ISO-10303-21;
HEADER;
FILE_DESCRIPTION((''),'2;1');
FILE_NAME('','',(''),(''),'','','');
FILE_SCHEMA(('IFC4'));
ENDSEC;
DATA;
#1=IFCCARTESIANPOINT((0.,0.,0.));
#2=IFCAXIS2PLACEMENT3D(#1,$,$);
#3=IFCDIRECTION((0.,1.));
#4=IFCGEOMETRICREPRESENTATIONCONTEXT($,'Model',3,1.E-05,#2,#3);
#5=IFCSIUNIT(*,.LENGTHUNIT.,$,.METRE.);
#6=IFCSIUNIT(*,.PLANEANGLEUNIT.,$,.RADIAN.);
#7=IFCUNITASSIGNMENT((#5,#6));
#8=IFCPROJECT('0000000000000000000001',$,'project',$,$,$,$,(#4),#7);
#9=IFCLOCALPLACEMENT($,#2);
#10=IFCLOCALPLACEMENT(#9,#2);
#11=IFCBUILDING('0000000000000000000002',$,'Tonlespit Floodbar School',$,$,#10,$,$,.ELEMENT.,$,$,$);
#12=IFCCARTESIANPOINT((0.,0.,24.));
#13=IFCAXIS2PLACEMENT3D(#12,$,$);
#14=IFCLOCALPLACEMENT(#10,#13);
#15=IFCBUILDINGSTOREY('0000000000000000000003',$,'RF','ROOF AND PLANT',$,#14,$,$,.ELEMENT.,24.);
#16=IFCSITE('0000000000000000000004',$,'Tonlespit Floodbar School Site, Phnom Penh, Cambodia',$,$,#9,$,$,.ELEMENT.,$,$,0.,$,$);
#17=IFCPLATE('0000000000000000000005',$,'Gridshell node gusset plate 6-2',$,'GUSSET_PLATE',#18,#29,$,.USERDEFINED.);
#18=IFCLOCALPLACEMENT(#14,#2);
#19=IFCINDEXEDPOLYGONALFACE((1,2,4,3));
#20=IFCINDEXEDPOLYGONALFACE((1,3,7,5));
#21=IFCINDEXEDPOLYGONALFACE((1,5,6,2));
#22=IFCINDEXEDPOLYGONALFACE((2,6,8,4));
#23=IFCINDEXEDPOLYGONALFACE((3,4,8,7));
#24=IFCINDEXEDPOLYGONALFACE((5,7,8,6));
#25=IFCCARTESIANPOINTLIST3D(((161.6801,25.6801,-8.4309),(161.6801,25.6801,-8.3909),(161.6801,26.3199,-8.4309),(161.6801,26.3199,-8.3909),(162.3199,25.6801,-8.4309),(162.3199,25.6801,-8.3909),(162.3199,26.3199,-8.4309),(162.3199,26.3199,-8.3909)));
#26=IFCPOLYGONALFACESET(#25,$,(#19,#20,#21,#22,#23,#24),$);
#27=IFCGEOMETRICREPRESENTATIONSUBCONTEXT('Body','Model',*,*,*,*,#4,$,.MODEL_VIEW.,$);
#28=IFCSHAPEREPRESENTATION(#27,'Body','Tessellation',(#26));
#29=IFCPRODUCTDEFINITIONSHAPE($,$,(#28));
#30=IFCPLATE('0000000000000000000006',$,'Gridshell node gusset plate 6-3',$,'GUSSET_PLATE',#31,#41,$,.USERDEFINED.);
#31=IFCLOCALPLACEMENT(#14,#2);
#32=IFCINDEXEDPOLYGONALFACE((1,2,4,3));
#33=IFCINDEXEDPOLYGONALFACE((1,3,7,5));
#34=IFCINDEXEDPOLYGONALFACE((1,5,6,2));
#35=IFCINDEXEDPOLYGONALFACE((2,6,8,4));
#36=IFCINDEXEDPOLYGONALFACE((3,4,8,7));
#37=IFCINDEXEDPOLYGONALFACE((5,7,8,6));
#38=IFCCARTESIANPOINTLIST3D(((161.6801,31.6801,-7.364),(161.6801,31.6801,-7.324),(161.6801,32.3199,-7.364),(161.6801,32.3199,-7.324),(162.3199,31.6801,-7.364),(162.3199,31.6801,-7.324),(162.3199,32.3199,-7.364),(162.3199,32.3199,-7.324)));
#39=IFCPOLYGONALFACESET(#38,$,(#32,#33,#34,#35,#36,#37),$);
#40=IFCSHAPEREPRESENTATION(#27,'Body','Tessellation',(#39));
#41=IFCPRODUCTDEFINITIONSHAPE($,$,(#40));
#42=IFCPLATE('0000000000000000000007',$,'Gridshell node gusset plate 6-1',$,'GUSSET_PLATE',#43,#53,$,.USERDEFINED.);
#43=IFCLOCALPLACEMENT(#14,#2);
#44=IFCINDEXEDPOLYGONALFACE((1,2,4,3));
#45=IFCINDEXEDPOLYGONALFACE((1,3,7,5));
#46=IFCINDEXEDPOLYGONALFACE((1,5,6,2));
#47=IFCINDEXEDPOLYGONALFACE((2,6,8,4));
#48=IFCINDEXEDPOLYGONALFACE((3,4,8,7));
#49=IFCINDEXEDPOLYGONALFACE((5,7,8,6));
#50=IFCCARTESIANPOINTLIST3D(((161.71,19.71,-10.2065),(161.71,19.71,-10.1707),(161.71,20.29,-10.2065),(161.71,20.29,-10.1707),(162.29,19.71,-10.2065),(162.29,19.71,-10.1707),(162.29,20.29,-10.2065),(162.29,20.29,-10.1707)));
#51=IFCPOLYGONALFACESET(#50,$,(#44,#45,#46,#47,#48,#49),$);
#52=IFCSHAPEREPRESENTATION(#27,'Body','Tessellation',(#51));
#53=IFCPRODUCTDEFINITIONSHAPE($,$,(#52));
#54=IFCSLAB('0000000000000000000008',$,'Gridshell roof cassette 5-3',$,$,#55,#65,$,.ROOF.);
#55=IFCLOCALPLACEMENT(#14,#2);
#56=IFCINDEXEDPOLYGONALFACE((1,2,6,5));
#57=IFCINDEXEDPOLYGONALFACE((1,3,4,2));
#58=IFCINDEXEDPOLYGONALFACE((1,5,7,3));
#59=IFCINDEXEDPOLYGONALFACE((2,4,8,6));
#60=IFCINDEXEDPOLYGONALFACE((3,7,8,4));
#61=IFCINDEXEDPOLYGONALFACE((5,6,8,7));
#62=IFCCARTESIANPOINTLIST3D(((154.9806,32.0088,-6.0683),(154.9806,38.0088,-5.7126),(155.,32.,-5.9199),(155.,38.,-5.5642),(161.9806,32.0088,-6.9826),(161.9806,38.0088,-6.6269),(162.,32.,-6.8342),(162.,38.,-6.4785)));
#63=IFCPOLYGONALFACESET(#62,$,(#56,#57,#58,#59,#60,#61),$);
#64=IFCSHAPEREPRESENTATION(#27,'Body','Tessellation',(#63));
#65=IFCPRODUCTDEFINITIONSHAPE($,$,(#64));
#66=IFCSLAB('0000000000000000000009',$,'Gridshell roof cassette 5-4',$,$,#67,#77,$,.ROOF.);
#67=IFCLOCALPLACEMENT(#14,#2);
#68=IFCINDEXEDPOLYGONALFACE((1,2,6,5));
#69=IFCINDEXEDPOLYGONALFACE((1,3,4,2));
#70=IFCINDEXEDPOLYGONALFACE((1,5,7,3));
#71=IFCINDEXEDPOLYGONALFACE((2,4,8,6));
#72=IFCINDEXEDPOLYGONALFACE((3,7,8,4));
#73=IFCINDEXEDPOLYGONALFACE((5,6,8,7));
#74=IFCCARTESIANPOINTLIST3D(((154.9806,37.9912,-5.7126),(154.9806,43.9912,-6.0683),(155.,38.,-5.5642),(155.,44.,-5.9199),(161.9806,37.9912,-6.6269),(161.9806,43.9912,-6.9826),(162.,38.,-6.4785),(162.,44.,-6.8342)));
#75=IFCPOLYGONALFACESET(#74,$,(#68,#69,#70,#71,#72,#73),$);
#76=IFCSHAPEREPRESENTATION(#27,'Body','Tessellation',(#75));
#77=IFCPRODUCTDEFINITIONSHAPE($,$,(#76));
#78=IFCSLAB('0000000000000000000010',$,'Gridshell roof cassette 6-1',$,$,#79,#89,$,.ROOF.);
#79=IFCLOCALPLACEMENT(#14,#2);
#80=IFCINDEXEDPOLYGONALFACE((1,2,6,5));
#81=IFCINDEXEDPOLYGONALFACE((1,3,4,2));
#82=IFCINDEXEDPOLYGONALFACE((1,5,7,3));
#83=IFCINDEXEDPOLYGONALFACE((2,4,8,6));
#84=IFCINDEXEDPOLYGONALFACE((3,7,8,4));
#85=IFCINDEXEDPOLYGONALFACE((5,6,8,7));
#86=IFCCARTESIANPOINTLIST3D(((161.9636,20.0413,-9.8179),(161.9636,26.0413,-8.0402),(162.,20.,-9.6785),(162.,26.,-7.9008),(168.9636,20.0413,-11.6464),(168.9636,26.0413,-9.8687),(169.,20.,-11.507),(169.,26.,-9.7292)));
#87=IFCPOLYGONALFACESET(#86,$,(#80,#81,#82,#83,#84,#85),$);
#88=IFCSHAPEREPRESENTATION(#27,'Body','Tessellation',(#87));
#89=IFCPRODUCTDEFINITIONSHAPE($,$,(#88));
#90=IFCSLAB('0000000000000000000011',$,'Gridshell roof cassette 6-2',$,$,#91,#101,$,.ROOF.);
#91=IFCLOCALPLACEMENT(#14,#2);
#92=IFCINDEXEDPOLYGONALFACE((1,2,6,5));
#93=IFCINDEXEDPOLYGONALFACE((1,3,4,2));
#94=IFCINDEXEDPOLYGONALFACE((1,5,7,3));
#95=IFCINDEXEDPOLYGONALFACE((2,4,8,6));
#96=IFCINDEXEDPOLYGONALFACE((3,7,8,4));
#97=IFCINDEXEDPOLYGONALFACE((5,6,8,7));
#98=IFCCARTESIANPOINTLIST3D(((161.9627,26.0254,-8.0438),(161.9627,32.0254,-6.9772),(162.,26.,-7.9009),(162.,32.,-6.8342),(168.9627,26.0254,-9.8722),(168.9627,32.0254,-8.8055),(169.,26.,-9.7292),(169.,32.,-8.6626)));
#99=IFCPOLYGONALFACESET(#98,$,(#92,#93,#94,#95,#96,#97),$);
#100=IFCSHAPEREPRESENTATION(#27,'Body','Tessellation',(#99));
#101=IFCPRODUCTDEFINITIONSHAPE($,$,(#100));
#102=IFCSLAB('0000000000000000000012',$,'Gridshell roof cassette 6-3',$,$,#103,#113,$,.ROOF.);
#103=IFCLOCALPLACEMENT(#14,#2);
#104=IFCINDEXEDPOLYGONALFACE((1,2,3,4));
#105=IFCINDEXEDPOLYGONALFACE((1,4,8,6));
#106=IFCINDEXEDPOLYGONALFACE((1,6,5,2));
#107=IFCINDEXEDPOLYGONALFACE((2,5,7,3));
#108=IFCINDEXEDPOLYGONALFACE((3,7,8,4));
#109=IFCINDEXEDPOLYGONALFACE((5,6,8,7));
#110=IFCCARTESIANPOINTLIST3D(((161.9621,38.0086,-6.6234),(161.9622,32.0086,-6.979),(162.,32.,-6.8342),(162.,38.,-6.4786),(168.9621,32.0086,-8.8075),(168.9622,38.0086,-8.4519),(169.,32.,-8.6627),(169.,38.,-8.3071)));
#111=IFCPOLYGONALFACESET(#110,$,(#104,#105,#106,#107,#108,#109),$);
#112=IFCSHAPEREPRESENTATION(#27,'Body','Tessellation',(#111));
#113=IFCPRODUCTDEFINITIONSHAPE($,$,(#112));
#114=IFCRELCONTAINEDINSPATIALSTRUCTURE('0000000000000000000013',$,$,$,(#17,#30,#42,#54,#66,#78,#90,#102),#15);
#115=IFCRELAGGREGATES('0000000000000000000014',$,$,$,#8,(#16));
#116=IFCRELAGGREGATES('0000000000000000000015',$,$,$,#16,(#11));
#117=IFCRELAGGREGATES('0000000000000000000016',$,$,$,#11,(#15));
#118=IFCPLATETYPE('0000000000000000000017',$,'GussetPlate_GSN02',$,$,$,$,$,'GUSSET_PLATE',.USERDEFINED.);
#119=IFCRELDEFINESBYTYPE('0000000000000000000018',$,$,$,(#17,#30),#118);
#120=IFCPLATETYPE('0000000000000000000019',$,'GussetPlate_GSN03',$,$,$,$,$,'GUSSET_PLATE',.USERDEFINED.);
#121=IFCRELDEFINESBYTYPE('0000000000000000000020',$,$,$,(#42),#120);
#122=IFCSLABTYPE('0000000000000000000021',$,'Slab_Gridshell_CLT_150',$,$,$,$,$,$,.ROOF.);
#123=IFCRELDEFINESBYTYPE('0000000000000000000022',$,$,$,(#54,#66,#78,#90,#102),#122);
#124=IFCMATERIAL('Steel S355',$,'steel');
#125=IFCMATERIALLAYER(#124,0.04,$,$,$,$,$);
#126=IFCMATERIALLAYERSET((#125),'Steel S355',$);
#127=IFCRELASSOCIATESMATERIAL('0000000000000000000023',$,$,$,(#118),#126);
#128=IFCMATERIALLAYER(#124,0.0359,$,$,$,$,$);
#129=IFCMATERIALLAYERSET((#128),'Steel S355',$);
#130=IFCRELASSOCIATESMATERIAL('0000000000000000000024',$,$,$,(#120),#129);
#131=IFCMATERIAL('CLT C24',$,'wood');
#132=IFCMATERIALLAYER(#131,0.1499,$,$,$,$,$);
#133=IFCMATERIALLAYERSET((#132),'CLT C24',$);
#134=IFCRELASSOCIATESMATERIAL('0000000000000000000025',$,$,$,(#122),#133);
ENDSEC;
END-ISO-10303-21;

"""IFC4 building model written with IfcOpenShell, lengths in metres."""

from ifc_helpers import new_model, si_unit, direction, frame, origin, origin_2d, place, context, subcontext, project, spatial, polyline, rectangle, outline, extrude, material, layer, layer_set, type_object, element, save


model = new_model("IFC4")

# Units and contexts
model_context = context("Model", 3, precision=1e-05, world=origin(), true_north=direction((0.0, 1.0)))
body_context = subcontext(model_context, "Body", "Model", "MODEL_VIEW")
ifc_project = project(units=[si_unit("LENGTHUNIT", "METRE"), si_unit("PLANEANGLEUNIT", "RADIAN")], contexts=[model_context])

# Site, building, storey
site_placement = place(None, origin())
site = spatial("IfcSite", under=ifc_project, at=site_placement, Name="Tonlespit Floodbar School Site, Phnom Penh, Cambodia", CompositionType="ELEMENT", RefElevation=0.0)
building_placement = place(site_placement, origin())
building = spatial("IfcBuilding", under=site, at=building_placement, Name="Tonlespit Floodbar School", CompositionType="ELEMENT")
storey_placement = place(building_placement, frame((0.0, 0.0, 24.0)))
storey = spatial("IfcBuildingStorey", under=building, at=storey_placement, Name="RF", Description="ROOF AND PLANT", CompositionType="ELEMENT", Elevation=24.0)

# Shared definitions
ifc_material_1 = material(Name="Steel S355", Category="steel")

# Plates
ifc_layer_1 = layer(ifc_material_1, 0.04)
ifc_layer_set_1 = layer_set([ifc_layer_1], Name="Steel S355")
plate_type_1 = type_object("IfcPlateType", Name="GussetPlate_GSN02", ElementType="GUSSET_PLATE", PredefinedType="USERDEFINED", material=ifc_layer_set_1)
for number, where, z_axis, x_axis, name in (
    (1, (162.0, 26.0, -8.4309), (0.0, 0.0, 1.0), (1.0, 0.0, 0.0), "Gridshell node gusset plate 6-2"),
    (2, (162.0, 32.0, -7.364), (0.0, 0.0, 1.0), (1.0, 0.0, 0.0), "Gridshell node gusset plate 6-3"),
):
    element("IfcPlate", number, at=place(storey_placement, frame(where, z_axis=z_axis, x_axis=x_axis)), inside=storey, type_object=plate_type_1, Name=name, ObjectType="GUSSET_PLATE", PredefinedType="USERDEFINED", context=body_context, shape_type="SweptSolid", body=[
        extrude(rectangle(XDim=0.6399, YDim=0.6399, at=origin_2d()), origin(), (0.0, 0.0, 1.0), 0.04),
    ])
ifc_layer_2 = layer(ifc_material_1, 0.0359)
ifc_layer_set_2 = layer_set([ifc_layer_2], Name="Steel S355")
plate_type_2 = type_object("IfcPlateType", Name="GussetPlate_GSN03", ElementType="GUSSET_PLATE", PredefinedType="USERDEFINED", material=ifc_layer_set_2)
plate_placement = place(storey_placement, frame((162.0, 20.0, -10.2065), z_axis=(0.0, 0.0, 1.0), x_axis=(1.0, 0.0, 0.0)))
element("IfcPlate", 3, at=plate_placement, inside=storey, type_object=plate_type_2, Name="Gridshell node gusset plate 6-1", ObjectType="GUSSET_PLATE", PredefinedType="USERDEFINED", context=body_context, shape_type="SweptSolid", body=[
    extrude(rectangle(XDim=0.5801, YDim=0.5801, at=origin_2d()), origin(), (0.0, 0.0, 1.0), 0.0359),
])

# Slabs
ifc_material_2 = material(Name="CLT C24", Category="wood")
ifc_layer_3 = layer(ifc_material_2, 0.1499)
ifc_layer_set_3 = layer_set([ifc_layer_3], Name="CLT C24")
slab_type = type_object("IfcSlabType", Name="Slab_Gridshell_CLT_150", PredefinedType="ROOF", material=ifc_layer_set_3)
slab_1_placement = place(storey_placement, frame((155.0, 32.0, -5.9199), z_axis=(0.129292, -0.058685, 0.989869), x_axis=(0.991577, 0.0, -0.129515)))
element("IfcSlab", 4, at=slab_1_placement, inside=storey, type_object=slab_type, Name="Gridshell roof cassette 5-3", PredefinedType="ROOF", context=body_context, shape_type="SweptSolid", body=[
    extrude(outline(polyline([(0.0, 0.0), (7.0595, 0.0), (7.0134, 6.0104), (-0.0461, 6.0104), (0.0, 0.0)])), origin(), (0.0, 0.0, -1.0), 0.1499),
])
slab_2_placement = place(storey_placement, frame((155.0, 38.0, -5.5642), z_axis=(0.129292, 0.058685, 0.989869), x_axis=(0.991577, 0.0, -0.129515)))
element("IfcSlab", 5, at=slab_2_placement, inside=storey, type_object=slab_type, Name="Gridshell roof cassette 5-4", PredefinedType="ROOF", context=body_context, shape_type="SweptSolid", body=[
    extrude(outline(polyline([(0.0, 0.0), (7.0595, 0.0), (7.1055, 6.0104), (0.0461, 6.0104), (0.0, 0.0)])), origin(), (0.0, 0.0, -1.0), 0.1499),
])
slab_3_placement = place(storey_placement, frame((162.0, 20.0, -9.6785), z_axis=(0.242948, -0.275567, 0.930075), x_axis=(0.967536, -0.000004, -0.252734)))
element("IfcSlab", 6, at=slab_3_placement, inside=storey, type_object=slab_type, Name="Gridshell roof cassette 6-1", PredefinedType="ROOF", context=body_context, shape_type="SweptSolid", body=[
    extrude(outline(polyline([(0.0, 0.0), (7.2349, 0.0), (6.7856, 6.2417), (-0.4493, 6.2416), (0.0, 0.0)])), origin(), (0.0, 0.0, -1.0), 0.1499),
])
slab_4_placement = place(storey_placement, frame((162.0, 26.0, -7.9009), z_axis=(0.24906, -0.169515, 0.953538), x_axis=(0.96754, 0.0, -0.252717)))
element("IfcSlab", 7, at=slab_4_placement, inside=storey, type_object=slab_type, Name="Gridshell roof cassette 6-2", PredefinedType="ROOF", context=body_context, shape_type="SweptSolid", body=[
    extrude(outline(polyline([(0.0, 0.0), (7.2348, 0.0), (6.9653, 6.0881), (-0.2696, 6.0881), (0.0, 0.0)])), origin(), (0.0, 0.0, -1.0), 0.1499),
])
slab_5_placement = place(storey_placement, frame((162.0, 32.0, -6.8342), z_axis=(0.252319, -0.057247, 0.965949), x_axis=(0.967536, 0.000001, -0.252733)))
element("IfcSlab", 8, at=slab_5_placement, inside=storey, type_object=slab_type, Name="Gridshell roof cassette 6-3", PredefinedType="ROOF", context=body_context, shape_type="SweptSolid", body=[
    extrude(outline(polyline([(0.0, 0.0), (7.2348, 0.0), (7.145, 6.0098), (-0.0899, 6.0099), (0.0, 0.0)])), origin(), (0.0, 0.0, -1.0), 0.1499),
])

save(model, "model.ifc")
